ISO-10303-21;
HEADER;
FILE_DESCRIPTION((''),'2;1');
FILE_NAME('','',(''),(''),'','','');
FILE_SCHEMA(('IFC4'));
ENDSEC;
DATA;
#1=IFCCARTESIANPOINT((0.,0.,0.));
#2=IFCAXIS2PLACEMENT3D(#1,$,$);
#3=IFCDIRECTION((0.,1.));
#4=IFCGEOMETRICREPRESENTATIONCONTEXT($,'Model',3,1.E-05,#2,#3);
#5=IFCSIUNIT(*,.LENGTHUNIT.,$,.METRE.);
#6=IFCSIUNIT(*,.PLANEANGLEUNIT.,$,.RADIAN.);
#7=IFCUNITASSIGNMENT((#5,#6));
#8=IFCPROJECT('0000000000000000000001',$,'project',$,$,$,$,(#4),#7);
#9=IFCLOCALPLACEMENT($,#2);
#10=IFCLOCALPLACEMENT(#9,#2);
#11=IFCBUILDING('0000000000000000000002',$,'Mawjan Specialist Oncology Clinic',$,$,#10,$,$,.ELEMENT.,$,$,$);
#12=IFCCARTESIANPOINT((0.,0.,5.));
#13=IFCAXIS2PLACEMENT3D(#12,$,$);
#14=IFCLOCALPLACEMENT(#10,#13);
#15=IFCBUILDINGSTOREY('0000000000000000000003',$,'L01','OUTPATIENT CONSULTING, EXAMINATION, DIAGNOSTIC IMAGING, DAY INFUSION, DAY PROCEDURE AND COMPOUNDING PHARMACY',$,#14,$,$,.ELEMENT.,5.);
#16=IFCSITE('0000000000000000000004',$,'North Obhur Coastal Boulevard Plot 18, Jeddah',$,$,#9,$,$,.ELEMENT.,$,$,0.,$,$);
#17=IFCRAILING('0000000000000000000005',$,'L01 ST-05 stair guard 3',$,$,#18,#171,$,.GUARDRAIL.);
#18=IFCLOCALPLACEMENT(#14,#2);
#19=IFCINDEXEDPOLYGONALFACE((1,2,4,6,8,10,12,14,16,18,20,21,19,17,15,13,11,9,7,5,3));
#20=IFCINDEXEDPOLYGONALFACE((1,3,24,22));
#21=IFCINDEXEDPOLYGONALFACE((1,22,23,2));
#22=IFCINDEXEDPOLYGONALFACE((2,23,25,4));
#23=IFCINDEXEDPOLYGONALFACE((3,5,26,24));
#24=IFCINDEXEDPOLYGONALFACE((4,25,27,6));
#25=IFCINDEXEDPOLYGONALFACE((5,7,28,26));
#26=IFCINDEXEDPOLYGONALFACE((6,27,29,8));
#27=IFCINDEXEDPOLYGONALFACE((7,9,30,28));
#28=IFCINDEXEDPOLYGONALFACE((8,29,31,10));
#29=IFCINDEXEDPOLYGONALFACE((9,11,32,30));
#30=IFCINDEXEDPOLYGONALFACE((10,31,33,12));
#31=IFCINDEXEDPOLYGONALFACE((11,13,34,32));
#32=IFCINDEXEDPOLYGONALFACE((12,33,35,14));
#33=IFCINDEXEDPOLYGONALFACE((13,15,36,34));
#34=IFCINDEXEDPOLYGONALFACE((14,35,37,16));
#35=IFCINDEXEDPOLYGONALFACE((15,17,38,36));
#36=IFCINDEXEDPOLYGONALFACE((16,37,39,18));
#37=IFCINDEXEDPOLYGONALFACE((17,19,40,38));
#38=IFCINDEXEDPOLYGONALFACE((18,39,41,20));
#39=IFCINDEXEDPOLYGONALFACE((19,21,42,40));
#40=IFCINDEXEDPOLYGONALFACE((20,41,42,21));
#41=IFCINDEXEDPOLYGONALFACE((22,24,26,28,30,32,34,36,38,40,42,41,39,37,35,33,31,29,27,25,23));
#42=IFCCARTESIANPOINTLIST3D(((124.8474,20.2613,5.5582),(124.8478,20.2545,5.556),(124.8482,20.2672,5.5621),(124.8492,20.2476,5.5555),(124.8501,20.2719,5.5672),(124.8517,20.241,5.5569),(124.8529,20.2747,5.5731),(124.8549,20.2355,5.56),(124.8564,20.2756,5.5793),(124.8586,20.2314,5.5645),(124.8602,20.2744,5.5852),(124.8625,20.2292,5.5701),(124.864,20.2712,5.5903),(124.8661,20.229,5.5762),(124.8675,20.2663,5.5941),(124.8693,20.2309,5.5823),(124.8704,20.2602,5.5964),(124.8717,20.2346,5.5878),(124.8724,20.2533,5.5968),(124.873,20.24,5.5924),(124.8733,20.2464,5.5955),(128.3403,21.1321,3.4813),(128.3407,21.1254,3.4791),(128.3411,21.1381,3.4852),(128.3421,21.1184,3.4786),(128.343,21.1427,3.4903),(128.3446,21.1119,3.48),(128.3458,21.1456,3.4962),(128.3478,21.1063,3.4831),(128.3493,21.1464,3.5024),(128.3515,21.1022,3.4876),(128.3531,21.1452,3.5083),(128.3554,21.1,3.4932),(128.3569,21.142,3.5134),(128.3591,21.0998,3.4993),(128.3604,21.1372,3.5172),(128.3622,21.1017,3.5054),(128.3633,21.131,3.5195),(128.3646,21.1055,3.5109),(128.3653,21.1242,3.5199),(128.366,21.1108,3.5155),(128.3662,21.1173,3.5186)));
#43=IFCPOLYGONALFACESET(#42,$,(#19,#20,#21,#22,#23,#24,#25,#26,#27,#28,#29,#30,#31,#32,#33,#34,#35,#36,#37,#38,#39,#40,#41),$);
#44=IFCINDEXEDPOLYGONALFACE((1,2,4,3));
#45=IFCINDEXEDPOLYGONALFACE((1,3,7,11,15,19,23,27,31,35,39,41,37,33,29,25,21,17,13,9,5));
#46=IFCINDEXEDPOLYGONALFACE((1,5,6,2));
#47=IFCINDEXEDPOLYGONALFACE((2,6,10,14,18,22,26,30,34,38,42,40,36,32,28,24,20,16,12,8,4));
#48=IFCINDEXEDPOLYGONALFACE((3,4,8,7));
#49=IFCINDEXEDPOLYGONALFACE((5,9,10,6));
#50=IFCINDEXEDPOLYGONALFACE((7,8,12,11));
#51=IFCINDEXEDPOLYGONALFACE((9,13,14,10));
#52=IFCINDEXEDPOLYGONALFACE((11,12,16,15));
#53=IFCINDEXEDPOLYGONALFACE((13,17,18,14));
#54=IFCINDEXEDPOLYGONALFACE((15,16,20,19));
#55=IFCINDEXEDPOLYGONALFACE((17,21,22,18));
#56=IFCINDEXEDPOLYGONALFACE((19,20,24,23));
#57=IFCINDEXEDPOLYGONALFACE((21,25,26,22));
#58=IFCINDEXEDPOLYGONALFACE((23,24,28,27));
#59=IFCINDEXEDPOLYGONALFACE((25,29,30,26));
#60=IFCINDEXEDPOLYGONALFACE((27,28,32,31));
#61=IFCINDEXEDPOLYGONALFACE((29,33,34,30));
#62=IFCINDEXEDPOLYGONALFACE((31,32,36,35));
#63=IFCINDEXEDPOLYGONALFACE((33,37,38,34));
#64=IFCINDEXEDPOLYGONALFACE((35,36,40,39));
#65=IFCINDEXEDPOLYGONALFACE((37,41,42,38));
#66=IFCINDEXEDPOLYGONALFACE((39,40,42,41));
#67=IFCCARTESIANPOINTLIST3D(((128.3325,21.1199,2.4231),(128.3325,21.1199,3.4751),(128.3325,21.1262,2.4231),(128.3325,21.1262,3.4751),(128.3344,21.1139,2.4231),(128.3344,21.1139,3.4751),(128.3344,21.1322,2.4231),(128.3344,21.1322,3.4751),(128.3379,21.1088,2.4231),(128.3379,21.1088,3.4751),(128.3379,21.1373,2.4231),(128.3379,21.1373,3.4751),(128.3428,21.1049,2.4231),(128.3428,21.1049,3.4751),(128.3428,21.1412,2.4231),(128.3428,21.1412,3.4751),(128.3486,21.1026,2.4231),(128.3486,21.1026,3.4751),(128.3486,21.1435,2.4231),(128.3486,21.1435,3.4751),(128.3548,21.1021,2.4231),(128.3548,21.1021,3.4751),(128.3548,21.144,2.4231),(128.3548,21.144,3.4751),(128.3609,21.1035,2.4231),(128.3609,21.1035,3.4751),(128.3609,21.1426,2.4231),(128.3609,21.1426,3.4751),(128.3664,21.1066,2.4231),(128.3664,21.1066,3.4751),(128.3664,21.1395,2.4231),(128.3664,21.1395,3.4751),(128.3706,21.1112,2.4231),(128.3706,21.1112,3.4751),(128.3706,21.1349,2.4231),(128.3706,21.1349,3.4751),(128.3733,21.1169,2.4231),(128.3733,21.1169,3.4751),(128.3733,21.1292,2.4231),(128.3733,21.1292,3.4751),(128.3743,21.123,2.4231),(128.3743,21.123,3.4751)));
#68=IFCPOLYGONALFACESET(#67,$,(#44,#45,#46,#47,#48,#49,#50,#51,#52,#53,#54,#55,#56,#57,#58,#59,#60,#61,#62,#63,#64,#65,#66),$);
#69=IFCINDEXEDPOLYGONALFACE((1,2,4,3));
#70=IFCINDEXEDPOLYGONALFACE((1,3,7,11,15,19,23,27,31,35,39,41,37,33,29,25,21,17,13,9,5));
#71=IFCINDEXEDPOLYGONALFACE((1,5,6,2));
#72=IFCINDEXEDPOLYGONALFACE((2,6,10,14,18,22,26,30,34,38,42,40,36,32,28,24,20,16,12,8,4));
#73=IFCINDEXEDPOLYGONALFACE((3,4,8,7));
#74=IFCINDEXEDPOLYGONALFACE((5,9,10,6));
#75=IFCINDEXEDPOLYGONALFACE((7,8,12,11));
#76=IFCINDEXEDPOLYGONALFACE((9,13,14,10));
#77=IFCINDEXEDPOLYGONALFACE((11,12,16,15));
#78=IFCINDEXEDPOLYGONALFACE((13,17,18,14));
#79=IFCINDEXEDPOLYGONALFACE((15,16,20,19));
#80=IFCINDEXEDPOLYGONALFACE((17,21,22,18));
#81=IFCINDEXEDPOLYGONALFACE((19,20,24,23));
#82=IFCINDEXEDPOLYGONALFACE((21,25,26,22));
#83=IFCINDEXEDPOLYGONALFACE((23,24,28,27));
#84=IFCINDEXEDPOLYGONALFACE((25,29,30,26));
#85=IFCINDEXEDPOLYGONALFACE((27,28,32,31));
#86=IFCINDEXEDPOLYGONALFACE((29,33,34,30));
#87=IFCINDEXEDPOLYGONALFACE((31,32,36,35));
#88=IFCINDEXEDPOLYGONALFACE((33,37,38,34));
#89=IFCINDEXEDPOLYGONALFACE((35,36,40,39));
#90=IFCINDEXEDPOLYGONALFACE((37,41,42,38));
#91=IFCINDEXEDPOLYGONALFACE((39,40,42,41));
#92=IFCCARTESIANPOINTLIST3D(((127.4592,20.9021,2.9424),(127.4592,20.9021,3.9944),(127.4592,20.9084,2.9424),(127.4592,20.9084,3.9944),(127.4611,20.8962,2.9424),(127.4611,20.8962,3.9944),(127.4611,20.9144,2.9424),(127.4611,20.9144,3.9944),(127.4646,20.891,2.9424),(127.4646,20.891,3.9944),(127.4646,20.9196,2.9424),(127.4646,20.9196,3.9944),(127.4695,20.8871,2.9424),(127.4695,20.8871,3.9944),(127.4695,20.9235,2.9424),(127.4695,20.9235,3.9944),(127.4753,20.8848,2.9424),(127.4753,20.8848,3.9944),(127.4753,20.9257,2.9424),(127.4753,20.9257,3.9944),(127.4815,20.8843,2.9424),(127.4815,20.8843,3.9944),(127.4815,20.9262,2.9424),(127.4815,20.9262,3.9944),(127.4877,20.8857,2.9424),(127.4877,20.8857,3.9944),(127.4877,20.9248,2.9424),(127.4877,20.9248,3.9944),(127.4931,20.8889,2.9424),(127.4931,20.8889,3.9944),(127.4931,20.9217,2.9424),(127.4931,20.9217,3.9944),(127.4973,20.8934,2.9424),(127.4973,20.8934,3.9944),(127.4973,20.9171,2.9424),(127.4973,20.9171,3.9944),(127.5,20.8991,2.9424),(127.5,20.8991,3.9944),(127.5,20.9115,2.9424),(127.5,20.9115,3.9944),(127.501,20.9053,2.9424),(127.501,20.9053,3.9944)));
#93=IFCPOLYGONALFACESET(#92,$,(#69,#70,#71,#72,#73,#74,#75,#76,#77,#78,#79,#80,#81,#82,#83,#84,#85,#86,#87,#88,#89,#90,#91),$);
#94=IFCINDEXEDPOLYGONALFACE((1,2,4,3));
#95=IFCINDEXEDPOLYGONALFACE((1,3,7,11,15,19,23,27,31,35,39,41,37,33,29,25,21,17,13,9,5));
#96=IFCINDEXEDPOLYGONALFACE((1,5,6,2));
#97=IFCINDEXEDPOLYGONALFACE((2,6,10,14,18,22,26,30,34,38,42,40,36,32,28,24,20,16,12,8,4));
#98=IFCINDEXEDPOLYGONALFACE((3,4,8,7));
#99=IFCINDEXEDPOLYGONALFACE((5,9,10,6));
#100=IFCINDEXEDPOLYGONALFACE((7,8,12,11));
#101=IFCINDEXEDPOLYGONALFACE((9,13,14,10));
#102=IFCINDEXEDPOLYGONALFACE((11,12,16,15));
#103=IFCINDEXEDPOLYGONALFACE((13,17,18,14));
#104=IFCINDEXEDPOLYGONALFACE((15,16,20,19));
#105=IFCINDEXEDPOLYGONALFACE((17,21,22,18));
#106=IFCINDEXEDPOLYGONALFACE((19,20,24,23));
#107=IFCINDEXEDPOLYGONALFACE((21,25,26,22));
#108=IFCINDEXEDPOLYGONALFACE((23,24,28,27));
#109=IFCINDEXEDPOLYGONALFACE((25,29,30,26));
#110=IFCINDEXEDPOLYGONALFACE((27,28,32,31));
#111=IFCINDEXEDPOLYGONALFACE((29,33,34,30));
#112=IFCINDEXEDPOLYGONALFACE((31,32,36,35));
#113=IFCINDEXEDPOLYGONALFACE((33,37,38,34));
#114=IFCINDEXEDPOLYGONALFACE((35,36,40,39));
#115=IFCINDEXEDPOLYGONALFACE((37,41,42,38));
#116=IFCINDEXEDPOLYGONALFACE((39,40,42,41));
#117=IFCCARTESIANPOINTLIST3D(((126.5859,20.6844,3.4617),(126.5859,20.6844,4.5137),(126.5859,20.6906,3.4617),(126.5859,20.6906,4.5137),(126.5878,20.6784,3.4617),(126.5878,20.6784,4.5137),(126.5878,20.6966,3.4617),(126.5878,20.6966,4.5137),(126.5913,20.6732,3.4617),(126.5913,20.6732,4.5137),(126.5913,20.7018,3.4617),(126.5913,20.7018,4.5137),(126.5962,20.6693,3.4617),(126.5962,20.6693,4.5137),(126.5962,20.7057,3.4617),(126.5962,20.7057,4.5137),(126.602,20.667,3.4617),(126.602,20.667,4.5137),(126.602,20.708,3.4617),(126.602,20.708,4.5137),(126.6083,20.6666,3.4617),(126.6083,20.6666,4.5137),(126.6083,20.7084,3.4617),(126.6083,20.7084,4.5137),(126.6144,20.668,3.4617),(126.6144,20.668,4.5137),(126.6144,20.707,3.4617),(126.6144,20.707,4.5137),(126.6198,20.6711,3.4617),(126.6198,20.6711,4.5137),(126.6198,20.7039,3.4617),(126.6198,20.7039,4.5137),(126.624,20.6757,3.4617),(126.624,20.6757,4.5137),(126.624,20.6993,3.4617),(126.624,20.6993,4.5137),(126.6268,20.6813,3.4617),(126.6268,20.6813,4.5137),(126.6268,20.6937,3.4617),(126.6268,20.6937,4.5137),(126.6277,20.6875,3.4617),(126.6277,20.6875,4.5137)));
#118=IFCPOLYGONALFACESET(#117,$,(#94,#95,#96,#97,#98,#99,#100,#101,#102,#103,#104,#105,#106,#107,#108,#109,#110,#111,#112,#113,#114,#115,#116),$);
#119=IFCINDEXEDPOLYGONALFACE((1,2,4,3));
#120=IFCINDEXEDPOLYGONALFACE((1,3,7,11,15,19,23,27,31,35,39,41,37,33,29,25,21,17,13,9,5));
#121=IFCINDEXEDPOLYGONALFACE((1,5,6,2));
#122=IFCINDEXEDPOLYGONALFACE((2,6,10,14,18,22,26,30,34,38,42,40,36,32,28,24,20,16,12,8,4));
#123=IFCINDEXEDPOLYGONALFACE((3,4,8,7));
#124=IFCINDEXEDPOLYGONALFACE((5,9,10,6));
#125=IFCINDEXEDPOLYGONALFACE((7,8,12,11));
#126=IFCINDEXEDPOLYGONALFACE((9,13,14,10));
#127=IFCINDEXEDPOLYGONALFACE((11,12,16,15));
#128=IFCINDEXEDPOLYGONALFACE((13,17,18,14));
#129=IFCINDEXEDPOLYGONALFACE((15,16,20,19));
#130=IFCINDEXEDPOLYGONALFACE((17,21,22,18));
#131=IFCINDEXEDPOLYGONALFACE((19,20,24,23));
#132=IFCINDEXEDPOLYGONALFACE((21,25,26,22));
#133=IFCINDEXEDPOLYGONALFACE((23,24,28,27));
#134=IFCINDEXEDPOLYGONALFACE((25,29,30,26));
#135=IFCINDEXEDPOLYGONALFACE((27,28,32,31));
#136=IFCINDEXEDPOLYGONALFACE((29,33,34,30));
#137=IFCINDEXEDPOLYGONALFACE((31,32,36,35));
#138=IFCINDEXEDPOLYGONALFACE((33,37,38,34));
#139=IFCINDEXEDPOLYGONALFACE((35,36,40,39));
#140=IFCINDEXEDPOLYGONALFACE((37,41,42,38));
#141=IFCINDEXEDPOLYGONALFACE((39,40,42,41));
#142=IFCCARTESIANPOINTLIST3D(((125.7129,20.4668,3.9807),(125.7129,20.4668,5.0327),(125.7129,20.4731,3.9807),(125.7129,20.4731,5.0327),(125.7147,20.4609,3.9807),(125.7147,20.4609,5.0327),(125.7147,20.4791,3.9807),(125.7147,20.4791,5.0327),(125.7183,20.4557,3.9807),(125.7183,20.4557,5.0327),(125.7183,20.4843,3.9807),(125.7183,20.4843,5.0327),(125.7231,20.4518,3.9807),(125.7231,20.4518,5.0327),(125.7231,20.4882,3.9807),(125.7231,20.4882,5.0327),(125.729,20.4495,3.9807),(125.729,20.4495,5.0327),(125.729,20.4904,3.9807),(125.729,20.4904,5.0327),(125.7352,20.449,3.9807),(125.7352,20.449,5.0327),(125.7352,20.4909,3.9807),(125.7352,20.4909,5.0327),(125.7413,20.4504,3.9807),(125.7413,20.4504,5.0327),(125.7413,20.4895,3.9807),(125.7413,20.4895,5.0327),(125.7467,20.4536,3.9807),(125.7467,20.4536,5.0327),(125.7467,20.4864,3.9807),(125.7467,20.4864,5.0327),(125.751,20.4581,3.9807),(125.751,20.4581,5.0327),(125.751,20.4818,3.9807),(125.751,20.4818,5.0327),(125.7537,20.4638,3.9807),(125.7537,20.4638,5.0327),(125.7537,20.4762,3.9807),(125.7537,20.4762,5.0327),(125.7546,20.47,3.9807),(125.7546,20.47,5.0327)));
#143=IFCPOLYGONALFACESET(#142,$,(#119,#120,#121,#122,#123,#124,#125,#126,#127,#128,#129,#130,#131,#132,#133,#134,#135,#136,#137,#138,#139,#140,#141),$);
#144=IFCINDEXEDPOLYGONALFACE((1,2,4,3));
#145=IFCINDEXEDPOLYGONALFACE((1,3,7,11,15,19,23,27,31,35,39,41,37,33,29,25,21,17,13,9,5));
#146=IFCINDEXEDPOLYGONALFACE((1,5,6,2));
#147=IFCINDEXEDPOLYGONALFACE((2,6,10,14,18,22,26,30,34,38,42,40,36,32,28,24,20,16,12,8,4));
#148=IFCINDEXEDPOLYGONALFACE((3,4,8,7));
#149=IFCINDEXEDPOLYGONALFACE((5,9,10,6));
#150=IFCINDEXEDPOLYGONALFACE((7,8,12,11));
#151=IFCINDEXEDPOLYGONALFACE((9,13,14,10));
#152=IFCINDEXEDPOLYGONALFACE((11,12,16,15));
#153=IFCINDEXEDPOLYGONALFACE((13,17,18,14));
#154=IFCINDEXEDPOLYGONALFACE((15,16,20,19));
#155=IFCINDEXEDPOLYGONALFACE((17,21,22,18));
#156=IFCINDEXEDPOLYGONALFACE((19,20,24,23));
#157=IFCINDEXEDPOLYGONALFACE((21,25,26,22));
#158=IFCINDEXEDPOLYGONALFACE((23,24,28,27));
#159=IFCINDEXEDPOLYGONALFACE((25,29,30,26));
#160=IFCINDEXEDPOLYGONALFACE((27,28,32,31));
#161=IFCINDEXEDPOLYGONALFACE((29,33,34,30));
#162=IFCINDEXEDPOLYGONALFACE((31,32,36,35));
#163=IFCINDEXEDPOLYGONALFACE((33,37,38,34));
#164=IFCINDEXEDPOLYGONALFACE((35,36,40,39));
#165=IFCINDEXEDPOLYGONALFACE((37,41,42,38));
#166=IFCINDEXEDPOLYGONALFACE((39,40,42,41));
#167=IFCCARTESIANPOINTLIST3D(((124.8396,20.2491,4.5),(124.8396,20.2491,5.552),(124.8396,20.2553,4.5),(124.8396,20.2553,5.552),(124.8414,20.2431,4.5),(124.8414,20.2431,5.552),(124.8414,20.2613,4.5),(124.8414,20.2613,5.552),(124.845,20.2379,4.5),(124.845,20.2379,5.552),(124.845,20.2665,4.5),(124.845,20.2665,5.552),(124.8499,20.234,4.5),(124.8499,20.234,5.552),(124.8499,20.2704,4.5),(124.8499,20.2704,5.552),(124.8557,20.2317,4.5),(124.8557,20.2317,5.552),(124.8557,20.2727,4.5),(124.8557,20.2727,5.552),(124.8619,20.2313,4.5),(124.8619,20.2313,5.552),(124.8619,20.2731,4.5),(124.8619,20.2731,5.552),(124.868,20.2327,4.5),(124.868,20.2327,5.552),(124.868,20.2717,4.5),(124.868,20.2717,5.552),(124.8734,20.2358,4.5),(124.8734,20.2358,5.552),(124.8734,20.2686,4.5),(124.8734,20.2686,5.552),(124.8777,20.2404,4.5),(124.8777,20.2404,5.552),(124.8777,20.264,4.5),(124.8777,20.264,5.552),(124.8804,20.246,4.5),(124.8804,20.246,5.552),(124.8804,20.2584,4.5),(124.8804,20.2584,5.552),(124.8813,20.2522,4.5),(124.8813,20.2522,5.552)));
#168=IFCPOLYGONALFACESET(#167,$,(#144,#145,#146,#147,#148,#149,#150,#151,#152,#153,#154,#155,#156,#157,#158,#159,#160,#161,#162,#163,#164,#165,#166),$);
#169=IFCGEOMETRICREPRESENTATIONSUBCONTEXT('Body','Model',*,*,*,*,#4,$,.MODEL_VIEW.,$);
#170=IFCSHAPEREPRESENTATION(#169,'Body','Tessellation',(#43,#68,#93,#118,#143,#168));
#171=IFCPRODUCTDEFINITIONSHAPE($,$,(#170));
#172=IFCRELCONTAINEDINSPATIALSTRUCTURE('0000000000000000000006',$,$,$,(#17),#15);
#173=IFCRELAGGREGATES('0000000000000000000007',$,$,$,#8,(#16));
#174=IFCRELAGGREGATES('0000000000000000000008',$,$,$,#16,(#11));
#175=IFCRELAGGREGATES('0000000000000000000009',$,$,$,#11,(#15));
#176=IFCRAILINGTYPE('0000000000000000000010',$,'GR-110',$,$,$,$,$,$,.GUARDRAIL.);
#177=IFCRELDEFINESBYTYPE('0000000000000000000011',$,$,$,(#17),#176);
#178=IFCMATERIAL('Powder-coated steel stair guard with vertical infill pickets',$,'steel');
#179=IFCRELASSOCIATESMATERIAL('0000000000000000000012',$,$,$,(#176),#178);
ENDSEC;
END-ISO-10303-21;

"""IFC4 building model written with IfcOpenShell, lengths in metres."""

from ifc_helpers import new_model, si_unit, direction, frame, origin, origin_2d, place, context, subcontext, project, spatial, circle, extrude, material, type_object, element, save


model = new_model("IFC4")

# Units and contexts
model_context = context("Model", 3, precision=1e-05, world=origin(), true_north=direction((0.0, 1.0)))
body_context = subcontext(model_context, "Body", "Model", "MODEL_VIEW")
ifc_project = project(units=[si_unit("LENGTHUNIT", "METRE"), si_unit("PLANEANGLEUNIT", "RADIAN")], contexts=[model_context])

# Site, building, storey
site_placement = place(None, origin())
site = spatial("IfcSite", under=ifc_project, at=site_placement, Name="North Obhur Coastal Boulevard Plot 18, Jeddah", CompositionType="ELEMENT", RefElevation=0.0)
building_placement = place(site_placement, origin())
building = spatial("IfcBuilding", under=site, at=building_placement, Name="Mawjan Specialist Oncology Clinic", CompositionType="ELEMENT")
storey_placement = place(building_placement, frame((0.0, 0.0, 5.0)))
storey = spatial("IfcBuildingStorey", under=building, at=storey_placement, Name="L01", Description="OUTPATIENT CONSULTING, EXAMINATION, DIAGNOSTIC IMAGING, DAY INFUSION, DAY PROCEDURE AND COMPOUNDING PHARMACY", CompositionType="ELEMENT", Elevation=5.0)

# Railing
ifc_material_1 = material(Name="Powder-coated steel stair guard with vertical infill pickets", Category="steel")
railing_type_1 = type_object("IfcRailingType", Name="GR-110", PredefinedType="GUARDRAIL", material=ifc_material_1)
railing_1_placement = place(storey_placement, frame((128.3533, 21.123, 2.4231)))
element("IfcRailing", 1, at=railing_1_placement, inside=storey, type_object=railing_type_1, Name="L01 ST-05 stair guard 3", PredefinedType="GUARDRAIL", context=body_context, shape_type="SweptSolid", body=[
    extrude(circle(Radius=0.0239, at=origin_2d()), frame((0.0, 0.0, 1.0762), z_axis=(-0.840451, -0.20954, 0.499735), x_axis=(0.241913, -0.970298, 0.0)), (0.0, 0.0, 1.0), 4.156),
    extrude(circle(Radius=0.021, at=origin_2d()), origin(), (0.0, 0.0, 1.0), 1.052),
    extrude(circle(Radius=0.021, at=origin_2d()), frame((-0.8733, -0.2178, 0.5193)), (0.0, 0.0, 1.0), 1.052),
    extrude(circle(Radius=0.021, at=origin_2d()), frame((-1.7466, -0.4355, 1.0386)), (0.0, 0.0, 1.0), 1.052),
    extrude(circle(Radius=0.021, at=origin_2d()), frame((-2.6196, -0.6531, 1.5576)), (0.0, 0.0, 1.0), 1.052),
    extrude(circle(Radius=0.021, at=origin_2d()), frame((-3.4929, -0.8708, 2.0769)), (0.0, 0.0, 1.0), 1.052),
])

save(model, "model.ifc")
